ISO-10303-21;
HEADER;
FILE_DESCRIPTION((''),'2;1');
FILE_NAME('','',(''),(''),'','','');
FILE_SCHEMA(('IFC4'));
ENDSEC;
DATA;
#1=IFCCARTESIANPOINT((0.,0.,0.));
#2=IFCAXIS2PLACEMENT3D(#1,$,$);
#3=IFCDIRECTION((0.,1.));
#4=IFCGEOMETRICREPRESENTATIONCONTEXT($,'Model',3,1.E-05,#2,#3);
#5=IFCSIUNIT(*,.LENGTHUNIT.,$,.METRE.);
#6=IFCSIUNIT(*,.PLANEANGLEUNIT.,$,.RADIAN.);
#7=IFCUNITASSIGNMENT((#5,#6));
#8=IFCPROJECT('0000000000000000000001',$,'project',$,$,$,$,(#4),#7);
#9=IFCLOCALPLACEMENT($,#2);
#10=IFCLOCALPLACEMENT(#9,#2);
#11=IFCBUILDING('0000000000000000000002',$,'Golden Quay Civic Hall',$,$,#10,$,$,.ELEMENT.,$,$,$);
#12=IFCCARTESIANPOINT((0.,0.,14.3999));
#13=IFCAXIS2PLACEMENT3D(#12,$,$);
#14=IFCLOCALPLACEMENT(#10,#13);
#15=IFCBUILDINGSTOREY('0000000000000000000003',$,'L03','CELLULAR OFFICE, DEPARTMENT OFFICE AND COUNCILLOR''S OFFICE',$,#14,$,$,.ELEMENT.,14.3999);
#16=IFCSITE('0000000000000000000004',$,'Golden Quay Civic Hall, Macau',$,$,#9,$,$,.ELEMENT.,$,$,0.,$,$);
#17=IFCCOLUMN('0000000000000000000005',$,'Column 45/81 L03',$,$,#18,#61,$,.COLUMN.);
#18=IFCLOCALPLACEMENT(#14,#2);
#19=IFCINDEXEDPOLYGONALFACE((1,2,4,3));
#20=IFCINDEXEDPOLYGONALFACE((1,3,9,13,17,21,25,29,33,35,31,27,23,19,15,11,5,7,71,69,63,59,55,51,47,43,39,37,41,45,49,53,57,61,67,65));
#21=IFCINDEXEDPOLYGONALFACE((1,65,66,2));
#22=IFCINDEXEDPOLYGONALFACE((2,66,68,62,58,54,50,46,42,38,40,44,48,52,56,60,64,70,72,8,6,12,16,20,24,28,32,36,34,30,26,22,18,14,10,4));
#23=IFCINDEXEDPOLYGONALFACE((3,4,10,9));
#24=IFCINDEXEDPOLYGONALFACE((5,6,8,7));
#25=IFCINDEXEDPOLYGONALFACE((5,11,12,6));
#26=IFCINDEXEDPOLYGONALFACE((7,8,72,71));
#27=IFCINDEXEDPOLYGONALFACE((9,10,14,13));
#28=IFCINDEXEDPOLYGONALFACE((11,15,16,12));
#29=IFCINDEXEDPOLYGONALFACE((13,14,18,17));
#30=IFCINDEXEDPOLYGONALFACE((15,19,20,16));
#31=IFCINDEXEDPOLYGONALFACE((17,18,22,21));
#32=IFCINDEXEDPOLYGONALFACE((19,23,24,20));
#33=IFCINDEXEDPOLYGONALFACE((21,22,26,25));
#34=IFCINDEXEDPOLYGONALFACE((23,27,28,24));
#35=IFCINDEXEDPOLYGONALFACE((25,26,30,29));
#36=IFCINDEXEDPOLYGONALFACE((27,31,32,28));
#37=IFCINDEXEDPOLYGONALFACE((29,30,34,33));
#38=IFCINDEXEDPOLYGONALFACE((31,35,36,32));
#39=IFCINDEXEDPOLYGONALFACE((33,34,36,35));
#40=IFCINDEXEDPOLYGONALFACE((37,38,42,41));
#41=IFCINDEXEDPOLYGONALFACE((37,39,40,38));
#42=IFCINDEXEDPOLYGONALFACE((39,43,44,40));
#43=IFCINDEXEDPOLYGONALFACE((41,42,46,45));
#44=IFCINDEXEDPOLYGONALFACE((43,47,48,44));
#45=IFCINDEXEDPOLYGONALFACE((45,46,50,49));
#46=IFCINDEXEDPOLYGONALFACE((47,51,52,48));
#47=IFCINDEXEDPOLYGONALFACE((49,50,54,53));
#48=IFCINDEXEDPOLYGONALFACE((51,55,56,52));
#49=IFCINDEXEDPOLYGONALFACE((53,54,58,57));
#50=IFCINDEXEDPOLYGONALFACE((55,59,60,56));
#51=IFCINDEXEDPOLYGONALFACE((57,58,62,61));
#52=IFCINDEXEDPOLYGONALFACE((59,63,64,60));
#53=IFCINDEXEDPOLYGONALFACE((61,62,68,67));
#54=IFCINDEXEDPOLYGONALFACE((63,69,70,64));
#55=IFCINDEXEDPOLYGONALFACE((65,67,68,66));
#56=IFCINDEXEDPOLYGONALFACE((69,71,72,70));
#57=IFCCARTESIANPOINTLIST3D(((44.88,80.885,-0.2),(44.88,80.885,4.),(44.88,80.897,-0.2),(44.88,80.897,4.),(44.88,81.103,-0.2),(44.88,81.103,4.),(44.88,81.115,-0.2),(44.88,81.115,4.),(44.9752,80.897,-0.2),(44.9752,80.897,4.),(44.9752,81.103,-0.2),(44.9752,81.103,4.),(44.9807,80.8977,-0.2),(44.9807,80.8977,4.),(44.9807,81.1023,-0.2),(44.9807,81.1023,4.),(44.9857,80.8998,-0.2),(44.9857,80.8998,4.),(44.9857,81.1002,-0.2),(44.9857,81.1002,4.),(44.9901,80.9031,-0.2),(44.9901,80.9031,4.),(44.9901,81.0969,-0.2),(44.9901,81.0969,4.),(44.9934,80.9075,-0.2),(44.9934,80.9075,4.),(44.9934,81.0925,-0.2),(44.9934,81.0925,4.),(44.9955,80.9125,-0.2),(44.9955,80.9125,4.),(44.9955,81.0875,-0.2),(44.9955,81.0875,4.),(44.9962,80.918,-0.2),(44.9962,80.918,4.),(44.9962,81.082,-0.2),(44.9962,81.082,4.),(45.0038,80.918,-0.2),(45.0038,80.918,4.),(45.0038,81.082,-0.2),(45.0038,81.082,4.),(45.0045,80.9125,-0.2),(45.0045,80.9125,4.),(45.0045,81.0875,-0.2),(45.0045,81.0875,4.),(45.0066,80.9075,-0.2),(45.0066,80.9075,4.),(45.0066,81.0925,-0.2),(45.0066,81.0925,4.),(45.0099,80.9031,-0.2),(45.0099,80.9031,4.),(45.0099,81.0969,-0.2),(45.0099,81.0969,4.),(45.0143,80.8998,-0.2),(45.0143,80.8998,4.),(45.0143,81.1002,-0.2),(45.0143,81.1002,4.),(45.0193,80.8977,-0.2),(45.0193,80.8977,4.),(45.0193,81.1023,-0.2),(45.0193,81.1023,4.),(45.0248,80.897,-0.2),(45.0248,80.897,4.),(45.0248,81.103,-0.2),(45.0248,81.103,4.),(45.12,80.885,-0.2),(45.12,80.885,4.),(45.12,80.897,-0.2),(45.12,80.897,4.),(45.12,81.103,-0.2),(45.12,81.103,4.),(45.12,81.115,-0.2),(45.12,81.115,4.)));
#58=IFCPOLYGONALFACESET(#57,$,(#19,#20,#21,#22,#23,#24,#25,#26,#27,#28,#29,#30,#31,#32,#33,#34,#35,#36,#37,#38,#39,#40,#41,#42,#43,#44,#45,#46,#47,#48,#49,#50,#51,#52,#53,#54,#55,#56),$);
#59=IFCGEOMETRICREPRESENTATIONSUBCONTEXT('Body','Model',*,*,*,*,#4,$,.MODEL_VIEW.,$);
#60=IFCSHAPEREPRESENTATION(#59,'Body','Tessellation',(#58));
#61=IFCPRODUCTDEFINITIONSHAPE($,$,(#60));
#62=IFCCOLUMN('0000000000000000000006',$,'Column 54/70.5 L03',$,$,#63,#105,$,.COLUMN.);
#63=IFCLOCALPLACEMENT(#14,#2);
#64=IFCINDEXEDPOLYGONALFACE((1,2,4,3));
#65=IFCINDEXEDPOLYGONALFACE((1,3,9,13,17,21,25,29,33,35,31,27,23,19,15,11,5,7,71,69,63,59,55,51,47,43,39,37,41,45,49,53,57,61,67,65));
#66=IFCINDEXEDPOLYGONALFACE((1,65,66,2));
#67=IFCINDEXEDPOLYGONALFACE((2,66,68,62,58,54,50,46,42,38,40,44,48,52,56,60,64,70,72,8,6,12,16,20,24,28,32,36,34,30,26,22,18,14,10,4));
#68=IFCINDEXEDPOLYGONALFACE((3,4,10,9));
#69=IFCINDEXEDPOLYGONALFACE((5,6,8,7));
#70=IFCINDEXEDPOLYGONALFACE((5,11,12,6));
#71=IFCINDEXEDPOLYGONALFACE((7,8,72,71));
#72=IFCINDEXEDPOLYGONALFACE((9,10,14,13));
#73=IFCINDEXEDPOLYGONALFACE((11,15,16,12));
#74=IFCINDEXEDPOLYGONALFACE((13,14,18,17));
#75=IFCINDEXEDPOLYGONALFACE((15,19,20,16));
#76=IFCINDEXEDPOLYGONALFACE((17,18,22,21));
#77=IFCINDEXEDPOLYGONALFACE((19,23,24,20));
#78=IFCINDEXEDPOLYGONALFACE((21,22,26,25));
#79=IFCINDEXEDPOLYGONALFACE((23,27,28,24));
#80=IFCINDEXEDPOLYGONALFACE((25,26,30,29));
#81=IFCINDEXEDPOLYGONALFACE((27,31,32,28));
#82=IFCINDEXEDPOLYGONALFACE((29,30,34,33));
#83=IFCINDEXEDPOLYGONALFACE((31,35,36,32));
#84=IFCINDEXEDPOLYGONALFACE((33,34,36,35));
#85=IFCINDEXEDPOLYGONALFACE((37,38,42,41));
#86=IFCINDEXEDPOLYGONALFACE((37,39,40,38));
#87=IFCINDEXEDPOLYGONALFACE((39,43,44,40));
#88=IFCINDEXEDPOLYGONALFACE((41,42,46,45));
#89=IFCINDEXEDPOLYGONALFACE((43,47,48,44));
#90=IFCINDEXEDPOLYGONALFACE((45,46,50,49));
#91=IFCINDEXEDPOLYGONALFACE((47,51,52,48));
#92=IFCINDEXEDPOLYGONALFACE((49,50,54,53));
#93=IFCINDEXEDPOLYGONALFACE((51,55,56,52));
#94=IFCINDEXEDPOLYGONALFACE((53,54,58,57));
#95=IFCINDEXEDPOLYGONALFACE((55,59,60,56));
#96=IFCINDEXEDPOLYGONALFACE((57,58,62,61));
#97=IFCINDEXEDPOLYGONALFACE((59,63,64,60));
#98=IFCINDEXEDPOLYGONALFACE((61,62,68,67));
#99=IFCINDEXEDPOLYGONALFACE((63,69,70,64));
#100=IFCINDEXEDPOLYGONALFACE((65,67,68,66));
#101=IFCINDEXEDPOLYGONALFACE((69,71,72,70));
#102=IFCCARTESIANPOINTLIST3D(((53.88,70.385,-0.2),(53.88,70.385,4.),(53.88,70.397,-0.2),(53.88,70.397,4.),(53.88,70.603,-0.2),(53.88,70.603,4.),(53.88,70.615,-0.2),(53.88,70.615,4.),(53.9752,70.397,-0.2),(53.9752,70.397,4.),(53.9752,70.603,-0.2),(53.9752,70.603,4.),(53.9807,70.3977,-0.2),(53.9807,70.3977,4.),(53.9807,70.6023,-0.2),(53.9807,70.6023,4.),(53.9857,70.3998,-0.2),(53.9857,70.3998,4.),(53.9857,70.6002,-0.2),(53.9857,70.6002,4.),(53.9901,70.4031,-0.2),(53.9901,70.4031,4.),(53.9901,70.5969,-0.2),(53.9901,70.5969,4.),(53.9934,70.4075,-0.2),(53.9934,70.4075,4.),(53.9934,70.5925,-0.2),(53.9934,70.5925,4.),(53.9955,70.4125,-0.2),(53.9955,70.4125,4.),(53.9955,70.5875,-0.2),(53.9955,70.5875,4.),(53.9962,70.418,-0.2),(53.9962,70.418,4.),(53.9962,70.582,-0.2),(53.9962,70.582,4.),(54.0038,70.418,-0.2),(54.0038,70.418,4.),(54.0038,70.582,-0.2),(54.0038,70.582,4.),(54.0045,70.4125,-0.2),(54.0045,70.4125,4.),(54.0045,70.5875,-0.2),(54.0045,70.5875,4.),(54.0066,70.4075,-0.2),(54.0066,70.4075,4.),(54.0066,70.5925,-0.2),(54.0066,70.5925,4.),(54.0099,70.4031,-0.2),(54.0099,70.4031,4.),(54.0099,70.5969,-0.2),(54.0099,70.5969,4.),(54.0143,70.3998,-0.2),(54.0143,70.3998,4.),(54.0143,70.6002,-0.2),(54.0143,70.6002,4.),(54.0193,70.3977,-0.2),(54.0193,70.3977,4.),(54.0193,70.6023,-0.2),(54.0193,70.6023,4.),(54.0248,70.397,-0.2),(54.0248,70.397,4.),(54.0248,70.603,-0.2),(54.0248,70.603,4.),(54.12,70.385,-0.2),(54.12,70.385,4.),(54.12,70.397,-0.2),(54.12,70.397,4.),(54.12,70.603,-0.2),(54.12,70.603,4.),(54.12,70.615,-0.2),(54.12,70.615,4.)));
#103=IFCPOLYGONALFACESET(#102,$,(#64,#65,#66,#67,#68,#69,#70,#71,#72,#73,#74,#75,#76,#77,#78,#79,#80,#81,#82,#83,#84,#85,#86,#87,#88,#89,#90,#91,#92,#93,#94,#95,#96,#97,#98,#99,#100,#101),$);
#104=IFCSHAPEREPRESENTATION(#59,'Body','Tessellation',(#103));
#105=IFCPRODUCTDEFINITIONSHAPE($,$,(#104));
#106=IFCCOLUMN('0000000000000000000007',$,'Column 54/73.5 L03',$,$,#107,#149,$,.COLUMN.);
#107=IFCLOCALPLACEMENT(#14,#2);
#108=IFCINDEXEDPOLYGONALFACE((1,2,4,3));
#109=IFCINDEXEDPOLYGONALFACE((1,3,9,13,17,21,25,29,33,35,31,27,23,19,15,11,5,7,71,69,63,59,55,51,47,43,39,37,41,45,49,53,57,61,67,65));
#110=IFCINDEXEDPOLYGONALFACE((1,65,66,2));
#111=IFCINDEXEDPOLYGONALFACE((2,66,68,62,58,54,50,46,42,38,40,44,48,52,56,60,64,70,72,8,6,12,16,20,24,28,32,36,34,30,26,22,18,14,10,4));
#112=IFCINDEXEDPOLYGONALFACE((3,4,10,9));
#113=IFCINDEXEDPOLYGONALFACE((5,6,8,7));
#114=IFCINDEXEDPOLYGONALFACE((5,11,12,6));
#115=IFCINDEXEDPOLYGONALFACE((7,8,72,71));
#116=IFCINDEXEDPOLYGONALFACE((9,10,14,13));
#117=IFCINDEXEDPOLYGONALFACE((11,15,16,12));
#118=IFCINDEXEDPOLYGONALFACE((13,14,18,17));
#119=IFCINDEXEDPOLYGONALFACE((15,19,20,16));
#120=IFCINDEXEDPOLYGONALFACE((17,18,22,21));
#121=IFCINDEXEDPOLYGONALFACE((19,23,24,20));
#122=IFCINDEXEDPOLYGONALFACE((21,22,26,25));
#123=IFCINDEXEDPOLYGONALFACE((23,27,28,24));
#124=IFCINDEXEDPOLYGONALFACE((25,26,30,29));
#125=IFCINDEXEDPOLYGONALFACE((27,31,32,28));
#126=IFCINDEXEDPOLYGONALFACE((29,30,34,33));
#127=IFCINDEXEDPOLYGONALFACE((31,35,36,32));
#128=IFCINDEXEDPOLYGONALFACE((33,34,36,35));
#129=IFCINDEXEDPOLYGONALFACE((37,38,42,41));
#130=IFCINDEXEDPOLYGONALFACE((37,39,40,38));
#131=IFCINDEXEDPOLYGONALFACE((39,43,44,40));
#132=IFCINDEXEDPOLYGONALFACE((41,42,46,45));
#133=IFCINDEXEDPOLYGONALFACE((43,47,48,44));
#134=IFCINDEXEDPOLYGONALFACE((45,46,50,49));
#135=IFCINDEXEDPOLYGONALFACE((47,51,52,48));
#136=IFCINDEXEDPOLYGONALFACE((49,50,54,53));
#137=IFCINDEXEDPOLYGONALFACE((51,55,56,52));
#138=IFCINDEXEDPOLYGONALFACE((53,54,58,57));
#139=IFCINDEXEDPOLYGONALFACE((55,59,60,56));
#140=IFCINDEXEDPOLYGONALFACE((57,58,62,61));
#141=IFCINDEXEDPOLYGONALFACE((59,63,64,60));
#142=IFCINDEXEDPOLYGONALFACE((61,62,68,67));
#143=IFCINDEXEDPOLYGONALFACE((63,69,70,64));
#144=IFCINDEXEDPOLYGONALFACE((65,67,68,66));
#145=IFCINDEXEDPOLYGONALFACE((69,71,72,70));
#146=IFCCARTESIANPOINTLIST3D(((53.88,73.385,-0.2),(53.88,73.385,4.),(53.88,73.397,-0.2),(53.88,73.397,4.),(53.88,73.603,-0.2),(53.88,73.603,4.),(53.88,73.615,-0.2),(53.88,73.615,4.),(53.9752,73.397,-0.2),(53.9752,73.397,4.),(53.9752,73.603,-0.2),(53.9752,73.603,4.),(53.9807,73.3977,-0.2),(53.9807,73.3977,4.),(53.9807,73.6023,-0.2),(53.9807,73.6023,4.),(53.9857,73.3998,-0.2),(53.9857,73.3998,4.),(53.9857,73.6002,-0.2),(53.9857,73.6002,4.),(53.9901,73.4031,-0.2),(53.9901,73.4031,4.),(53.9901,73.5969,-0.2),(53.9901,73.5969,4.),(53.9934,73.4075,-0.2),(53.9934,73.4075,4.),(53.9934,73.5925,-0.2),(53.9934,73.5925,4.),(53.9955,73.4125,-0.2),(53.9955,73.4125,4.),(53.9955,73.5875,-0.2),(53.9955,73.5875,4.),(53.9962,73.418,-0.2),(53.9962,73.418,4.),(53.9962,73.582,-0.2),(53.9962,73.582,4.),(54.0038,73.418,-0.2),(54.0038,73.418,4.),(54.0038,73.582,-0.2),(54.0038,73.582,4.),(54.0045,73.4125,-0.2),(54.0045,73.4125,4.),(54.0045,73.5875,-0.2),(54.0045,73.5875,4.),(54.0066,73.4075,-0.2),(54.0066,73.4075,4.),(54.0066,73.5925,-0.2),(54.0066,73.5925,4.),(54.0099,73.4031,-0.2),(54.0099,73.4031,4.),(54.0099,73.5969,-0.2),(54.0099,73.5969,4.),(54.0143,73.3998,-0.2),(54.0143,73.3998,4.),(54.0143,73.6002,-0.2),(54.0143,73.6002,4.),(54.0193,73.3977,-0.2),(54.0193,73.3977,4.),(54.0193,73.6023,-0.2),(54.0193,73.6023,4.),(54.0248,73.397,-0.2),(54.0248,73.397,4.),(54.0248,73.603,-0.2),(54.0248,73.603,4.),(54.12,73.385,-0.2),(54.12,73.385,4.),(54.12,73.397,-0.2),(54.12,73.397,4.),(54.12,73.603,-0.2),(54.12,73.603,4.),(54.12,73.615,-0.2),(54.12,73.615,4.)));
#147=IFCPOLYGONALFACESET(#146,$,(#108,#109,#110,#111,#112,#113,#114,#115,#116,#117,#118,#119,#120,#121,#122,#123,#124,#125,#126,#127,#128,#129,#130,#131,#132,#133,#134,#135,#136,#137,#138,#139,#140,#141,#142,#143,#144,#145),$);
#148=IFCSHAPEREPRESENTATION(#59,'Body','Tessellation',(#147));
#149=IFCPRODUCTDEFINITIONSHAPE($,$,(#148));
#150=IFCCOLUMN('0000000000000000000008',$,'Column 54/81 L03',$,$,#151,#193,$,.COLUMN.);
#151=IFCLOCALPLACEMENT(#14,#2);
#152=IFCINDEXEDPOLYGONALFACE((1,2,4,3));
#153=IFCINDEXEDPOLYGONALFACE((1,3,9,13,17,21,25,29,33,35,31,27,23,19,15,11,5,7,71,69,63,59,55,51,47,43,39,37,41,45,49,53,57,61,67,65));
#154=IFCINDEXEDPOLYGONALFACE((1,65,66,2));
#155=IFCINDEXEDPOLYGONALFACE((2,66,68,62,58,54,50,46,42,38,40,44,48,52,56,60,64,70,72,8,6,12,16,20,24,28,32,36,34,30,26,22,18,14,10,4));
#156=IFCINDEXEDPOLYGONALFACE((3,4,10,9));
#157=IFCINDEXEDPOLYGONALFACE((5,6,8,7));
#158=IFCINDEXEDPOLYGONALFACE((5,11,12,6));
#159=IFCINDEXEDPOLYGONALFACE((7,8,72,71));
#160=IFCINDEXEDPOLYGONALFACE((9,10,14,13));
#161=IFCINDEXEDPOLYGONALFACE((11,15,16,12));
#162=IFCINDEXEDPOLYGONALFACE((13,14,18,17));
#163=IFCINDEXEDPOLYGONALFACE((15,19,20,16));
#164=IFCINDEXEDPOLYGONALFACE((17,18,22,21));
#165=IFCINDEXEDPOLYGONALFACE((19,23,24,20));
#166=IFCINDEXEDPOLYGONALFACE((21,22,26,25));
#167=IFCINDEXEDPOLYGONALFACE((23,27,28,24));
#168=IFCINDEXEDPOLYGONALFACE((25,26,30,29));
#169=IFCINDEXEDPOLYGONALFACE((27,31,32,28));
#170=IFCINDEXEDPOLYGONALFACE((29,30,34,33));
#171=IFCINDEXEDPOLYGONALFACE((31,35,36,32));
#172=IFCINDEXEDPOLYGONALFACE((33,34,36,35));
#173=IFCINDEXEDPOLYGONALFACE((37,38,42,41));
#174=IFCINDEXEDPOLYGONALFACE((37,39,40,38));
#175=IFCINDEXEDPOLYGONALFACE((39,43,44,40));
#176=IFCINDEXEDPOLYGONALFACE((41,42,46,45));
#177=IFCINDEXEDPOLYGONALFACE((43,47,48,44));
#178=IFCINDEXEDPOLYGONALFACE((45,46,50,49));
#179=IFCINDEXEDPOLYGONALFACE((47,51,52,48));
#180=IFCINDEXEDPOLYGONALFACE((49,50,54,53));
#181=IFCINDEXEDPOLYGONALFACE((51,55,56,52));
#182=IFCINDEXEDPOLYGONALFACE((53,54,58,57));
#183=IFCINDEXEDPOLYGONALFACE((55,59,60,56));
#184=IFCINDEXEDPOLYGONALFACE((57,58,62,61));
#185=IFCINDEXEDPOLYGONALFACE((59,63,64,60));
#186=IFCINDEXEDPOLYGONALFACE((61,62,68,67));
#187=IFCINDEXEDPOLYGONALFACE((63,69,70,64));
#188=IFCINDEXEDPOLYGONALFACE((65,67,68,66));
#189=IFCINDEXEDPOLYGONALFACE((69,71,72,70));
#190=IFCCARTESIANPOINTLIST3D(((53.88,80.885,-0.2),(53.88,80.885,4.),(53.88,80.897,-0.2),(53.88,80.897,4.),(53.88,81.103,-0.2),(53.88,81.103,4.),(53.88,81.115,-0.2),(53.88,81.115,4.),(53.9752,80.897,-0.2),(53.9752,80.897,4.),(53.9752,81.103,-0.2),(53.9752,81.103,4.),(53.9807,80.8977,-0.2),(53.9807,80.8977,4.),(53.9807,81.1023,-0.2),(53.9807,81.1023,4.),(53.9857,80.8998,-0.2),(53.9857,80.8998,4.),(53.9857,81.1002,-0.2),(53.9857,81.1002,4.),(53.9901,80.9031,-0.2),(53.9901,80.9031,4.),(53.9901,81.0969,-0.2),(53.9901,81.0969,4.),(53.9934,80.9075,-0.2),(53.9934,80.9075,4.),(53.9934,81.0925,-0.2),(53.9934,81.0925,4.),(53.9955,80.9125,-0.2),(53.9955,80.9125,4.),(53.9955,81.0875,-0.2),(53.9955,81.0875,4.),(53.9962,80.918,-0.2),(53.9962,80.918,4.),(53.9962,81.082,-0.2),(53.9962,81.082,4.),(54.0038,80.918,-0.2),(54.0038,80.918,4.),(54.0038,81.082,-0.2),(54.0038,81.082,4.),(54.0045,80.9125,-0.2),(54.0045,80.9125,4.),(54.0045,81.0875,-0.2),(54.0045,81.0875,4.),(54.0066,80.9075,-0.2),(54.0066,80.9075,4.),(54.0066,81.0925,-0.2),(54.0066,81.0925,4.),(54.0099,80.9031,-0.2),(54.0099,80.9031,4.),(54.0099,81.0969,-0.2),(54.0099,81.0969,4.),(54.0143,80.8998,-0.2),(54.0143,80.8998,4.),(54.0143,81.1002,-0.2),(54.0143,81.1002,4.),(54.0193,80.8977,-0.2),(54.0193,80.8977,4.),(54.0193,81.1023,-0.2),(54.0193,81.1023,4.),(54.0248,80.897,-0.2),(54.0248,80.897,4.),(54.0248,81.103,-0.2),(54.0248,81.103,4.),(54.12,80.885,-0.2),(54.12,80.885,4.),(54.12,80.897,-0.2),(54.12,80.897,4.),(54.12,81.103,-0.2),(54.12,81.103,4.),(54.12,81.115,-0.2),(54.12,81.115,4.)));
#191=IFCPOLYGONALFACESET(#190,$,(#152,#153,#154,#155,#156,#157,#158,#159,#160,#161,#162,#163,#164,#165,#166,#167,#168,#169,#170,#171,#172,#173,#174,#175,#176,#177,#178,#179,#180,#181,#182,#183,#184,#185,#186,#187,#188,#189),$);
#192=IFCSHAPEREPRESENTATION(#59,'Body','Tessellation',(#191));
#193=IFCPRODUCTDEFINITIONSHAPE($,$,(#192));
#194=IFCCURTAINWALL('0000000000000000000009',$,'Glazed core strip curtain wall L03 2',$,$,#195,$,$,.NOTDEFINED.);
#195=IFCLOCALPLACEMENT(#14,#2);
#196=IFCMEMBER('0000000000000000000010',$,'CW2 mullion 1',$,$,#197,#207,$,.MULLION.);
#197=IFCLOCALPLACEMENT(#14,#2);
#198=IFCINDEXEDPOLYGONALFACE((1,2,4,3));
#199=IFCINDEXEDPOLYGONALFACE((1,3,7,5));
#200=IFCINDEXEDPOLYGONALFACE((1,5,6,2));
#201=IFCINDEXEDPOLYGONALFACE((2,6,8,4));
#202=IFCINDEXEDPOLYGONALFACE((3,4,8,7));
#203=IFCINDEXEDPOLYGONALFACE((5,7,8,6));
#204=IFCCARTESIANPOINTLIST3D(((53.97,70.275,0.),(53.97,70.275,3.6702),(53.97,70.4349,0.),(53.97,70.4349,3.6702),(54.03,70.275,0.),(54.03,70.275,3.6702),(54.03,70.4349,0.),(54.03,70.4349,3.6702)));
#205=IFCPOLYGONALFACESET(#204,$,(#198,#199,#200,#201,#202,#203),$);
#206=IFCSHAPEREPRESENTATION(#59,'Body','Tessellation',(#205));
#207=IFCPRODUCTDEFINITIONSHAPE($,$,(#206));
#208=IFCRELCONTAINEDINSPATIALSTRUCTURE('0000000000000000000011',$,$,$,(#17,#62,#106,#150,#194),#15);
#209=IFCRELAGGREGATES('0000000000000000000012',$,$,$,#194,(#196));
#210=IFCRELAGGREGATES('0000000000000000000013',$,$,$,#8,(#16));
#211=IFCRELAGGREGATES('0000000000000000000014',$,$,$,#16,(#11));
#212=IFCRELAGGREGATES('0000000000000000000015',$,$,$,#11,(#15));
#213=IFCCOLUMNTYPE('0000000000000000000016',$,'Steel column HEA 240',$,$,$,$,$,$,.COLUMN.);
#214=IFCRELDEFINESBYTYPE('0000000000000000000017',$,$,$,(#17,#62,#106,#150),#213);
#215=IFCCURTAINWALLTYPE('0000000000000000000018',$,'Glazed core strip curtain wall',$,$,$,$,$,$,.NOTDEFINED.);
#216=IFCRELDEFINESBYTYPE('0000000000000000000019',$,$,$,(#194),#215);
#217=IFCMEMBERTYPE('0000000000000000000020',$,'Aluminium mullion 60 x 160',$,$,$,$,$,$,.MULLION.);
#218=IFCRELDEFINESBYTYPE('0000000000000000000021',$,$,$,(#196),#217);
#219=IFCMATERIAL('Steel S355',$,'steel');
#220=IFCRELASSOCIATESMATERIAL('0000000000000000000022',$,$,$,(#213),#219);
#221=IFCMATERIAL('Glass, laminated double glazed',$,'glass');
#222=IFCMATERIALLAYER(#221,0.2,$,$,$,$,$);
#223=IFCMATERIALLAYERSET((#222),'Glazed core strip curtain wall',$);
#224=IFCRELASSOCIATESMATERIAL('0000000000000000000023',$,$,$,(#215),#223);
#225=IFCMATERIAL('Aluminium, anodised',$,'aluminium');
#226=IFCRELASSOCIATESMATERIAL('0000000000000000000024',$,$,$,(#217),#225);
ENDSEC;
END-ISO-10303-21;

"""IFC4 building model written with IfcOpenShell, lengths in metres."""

from ifc_helpers import new_model, si_unit, direction, frame, origin, origin_2d, place, context, subcontext, project, spatial, rectangle, i_section, extrude, material, layer, layer_set, material_profile, profile_set, type_object, element, aggregate, save


model = new_model("IFC4")

# Units and contexts
model_context = context("Model", 3, precision=1e-05, world=origin(), true_north=direction((0.0, 1.0)))
body_context = subcontext(model_context, "Body", "Model", "MODEL_VIEW")
ifc_project = project(units=[si_unit("LENGTHUNIT", "METRE"), si_unit("PLANEANGLEUNIT", "RADIAN")], contexts=[model_context])

# Site, building, storey
site_placement = place(None, origin())
site = spatial("IfcSite", under=ifc_project, at=site_placement, Name="Golden Quay Civic Hall, Macau", CompositionType="ELEMENT", RefElevation=0.0)
building_placement = place(site_placement, origin())
building = spatial("IfcBuilding", under=site, at=building_placement, Name="Golden Quay Civic Hall", CompositionType="ELEMENT")
storey_placement = place(building_placement, frame((0.0, 0.0, 14.3999)))
storey = spatial("IfcBuildingStorey", under=building, at=storey_placement, Name="L03", Description="CELLULAR OFFICE, DEPARTMENT OFFICE AND COUNCILLOR'S OFFICE", CompositionType="ELEMENT", Elevation=14.3999)

# Columns
ifc_material_1 = material(Name="Steel S355", Category="steel")
ifc_material_profile_1 = material_profile(ifc_material_1, i_section(OverallWidth=0.24, OverallDepth=0.23, WebThickness=0.0076, FlangeThickness=0.012, FilletRadius=0.021, at=origin_2d()), Name="HEA 240")
ifc_profile_set_1 = profile_set([ifc_material_profile_1], Name="Steel S355")
column_type = type_object("IfcColumnType", Name="Steel column HEA 240", PredefinedType="COLUMN", material=ifc_profile_set_1)
for number, where, z_axis, x_axis, name in (
    (1, (45.0, 81.0, -0.2), (0.0, 0.0, 1.0), (1.0, 0.0, 0.0), "Column 45/81 L03"),
    (2, (54.0, 70.5, -0.2), (0.0, 0.0, 1.0), (1.0, 0.0, 0.0), "Column 54/70.5 L03"),
    (3, (54.0, 73.5, -0.2), (0.0, 0.0, 1.0), (1.0, 0.0, 0.0), "Column 54/73.5 L03"),
    (4, (54.0, 81.0, -0.2), (0.0, 0.0, 1.0), (1.0, 0.0, 0.0), "Column 54/81 L03"),
):
    element("IfcColumn", number, at=place(storey_placement, frame(where, z_axis=z_axis, x_axis=x_axis)), inside=storey, type_object=column_type, Name=name, PredefinedType="COLUMN", context=body_context, shape_type="SweptSolid", body=[
        extrude(i_section(OverallWidth=0.24, OverallDepth=0.23, WebThickness=0.0076, FlangeThickness=0.012, FilletRadius=0.021, at=origin_2d()), origin(), (0.0, 0.0, 1.0), 4.2),
    ])

# Curtain wall, member
ifc_material_2 = material(Name="Glass, laminated double glazed", Category="glass")
ifc_layer_1 = layer(ifc_material_2, 0.2)
ifc_layer_set_1 = layer_set([ifc_layer_1], Name="Glazed core strip curtain wall")
curtain_wall_type = type_object("IfcCurtainWallType", Name="Glazed core strip curtain wall", PredefinedType="NOTDEFINED", material=ifc_layer_set_1)
curtain_wall_placement = place(storey_placement, origin())
curtain_wall = element("IfcCurtainWall", 5, at=curtain_wall_placement, inside=storey, type_object=curtain_wall_type, Name="Glazed core strip curtain wall L03 2", PredefinedType="NOTDEFINED")
ifc_material_3 = material(Name="Aluminium, anodised", Category="aluminium")
ifc_material_profile_2 = material_profile(ifc_material_3, rectangle(XDim=0.0601, YDim=0.1599, at=origin_2d()), Name="Aluminium 60 x 160")
ifc_profile_set_2 = profile_set([ifc_material_profile_2], Name="Aluminium, anodised")
member_type = type_object("IfcMemberType", Name="Aluminium mullion 60 x 160", PredefinedType="MULLION", material=ifc_profile_set_2)
member_placement = place(storey_placement, frame((54.0, 70.355, 0.0), z_axis=(0.0, 0.0, 1.0), x_axis=(1.0, 0.0, 0.0)))
member = element("IfcMember", 6, at=member_placement, type_object=member_type, Name="CW2 mullion 1", PredefinedType="MULLION", context=body_context, shape_type="SweptSolid", body=[
    extrude(rectangle(XDim=0.0601, YDim=0.1599, at=origin_2d()), origin(), (0.0, 0.0, 1.0), 3.6702),
])
aggregate(curtain_wall, [member])

save(model, "model.ifc")
